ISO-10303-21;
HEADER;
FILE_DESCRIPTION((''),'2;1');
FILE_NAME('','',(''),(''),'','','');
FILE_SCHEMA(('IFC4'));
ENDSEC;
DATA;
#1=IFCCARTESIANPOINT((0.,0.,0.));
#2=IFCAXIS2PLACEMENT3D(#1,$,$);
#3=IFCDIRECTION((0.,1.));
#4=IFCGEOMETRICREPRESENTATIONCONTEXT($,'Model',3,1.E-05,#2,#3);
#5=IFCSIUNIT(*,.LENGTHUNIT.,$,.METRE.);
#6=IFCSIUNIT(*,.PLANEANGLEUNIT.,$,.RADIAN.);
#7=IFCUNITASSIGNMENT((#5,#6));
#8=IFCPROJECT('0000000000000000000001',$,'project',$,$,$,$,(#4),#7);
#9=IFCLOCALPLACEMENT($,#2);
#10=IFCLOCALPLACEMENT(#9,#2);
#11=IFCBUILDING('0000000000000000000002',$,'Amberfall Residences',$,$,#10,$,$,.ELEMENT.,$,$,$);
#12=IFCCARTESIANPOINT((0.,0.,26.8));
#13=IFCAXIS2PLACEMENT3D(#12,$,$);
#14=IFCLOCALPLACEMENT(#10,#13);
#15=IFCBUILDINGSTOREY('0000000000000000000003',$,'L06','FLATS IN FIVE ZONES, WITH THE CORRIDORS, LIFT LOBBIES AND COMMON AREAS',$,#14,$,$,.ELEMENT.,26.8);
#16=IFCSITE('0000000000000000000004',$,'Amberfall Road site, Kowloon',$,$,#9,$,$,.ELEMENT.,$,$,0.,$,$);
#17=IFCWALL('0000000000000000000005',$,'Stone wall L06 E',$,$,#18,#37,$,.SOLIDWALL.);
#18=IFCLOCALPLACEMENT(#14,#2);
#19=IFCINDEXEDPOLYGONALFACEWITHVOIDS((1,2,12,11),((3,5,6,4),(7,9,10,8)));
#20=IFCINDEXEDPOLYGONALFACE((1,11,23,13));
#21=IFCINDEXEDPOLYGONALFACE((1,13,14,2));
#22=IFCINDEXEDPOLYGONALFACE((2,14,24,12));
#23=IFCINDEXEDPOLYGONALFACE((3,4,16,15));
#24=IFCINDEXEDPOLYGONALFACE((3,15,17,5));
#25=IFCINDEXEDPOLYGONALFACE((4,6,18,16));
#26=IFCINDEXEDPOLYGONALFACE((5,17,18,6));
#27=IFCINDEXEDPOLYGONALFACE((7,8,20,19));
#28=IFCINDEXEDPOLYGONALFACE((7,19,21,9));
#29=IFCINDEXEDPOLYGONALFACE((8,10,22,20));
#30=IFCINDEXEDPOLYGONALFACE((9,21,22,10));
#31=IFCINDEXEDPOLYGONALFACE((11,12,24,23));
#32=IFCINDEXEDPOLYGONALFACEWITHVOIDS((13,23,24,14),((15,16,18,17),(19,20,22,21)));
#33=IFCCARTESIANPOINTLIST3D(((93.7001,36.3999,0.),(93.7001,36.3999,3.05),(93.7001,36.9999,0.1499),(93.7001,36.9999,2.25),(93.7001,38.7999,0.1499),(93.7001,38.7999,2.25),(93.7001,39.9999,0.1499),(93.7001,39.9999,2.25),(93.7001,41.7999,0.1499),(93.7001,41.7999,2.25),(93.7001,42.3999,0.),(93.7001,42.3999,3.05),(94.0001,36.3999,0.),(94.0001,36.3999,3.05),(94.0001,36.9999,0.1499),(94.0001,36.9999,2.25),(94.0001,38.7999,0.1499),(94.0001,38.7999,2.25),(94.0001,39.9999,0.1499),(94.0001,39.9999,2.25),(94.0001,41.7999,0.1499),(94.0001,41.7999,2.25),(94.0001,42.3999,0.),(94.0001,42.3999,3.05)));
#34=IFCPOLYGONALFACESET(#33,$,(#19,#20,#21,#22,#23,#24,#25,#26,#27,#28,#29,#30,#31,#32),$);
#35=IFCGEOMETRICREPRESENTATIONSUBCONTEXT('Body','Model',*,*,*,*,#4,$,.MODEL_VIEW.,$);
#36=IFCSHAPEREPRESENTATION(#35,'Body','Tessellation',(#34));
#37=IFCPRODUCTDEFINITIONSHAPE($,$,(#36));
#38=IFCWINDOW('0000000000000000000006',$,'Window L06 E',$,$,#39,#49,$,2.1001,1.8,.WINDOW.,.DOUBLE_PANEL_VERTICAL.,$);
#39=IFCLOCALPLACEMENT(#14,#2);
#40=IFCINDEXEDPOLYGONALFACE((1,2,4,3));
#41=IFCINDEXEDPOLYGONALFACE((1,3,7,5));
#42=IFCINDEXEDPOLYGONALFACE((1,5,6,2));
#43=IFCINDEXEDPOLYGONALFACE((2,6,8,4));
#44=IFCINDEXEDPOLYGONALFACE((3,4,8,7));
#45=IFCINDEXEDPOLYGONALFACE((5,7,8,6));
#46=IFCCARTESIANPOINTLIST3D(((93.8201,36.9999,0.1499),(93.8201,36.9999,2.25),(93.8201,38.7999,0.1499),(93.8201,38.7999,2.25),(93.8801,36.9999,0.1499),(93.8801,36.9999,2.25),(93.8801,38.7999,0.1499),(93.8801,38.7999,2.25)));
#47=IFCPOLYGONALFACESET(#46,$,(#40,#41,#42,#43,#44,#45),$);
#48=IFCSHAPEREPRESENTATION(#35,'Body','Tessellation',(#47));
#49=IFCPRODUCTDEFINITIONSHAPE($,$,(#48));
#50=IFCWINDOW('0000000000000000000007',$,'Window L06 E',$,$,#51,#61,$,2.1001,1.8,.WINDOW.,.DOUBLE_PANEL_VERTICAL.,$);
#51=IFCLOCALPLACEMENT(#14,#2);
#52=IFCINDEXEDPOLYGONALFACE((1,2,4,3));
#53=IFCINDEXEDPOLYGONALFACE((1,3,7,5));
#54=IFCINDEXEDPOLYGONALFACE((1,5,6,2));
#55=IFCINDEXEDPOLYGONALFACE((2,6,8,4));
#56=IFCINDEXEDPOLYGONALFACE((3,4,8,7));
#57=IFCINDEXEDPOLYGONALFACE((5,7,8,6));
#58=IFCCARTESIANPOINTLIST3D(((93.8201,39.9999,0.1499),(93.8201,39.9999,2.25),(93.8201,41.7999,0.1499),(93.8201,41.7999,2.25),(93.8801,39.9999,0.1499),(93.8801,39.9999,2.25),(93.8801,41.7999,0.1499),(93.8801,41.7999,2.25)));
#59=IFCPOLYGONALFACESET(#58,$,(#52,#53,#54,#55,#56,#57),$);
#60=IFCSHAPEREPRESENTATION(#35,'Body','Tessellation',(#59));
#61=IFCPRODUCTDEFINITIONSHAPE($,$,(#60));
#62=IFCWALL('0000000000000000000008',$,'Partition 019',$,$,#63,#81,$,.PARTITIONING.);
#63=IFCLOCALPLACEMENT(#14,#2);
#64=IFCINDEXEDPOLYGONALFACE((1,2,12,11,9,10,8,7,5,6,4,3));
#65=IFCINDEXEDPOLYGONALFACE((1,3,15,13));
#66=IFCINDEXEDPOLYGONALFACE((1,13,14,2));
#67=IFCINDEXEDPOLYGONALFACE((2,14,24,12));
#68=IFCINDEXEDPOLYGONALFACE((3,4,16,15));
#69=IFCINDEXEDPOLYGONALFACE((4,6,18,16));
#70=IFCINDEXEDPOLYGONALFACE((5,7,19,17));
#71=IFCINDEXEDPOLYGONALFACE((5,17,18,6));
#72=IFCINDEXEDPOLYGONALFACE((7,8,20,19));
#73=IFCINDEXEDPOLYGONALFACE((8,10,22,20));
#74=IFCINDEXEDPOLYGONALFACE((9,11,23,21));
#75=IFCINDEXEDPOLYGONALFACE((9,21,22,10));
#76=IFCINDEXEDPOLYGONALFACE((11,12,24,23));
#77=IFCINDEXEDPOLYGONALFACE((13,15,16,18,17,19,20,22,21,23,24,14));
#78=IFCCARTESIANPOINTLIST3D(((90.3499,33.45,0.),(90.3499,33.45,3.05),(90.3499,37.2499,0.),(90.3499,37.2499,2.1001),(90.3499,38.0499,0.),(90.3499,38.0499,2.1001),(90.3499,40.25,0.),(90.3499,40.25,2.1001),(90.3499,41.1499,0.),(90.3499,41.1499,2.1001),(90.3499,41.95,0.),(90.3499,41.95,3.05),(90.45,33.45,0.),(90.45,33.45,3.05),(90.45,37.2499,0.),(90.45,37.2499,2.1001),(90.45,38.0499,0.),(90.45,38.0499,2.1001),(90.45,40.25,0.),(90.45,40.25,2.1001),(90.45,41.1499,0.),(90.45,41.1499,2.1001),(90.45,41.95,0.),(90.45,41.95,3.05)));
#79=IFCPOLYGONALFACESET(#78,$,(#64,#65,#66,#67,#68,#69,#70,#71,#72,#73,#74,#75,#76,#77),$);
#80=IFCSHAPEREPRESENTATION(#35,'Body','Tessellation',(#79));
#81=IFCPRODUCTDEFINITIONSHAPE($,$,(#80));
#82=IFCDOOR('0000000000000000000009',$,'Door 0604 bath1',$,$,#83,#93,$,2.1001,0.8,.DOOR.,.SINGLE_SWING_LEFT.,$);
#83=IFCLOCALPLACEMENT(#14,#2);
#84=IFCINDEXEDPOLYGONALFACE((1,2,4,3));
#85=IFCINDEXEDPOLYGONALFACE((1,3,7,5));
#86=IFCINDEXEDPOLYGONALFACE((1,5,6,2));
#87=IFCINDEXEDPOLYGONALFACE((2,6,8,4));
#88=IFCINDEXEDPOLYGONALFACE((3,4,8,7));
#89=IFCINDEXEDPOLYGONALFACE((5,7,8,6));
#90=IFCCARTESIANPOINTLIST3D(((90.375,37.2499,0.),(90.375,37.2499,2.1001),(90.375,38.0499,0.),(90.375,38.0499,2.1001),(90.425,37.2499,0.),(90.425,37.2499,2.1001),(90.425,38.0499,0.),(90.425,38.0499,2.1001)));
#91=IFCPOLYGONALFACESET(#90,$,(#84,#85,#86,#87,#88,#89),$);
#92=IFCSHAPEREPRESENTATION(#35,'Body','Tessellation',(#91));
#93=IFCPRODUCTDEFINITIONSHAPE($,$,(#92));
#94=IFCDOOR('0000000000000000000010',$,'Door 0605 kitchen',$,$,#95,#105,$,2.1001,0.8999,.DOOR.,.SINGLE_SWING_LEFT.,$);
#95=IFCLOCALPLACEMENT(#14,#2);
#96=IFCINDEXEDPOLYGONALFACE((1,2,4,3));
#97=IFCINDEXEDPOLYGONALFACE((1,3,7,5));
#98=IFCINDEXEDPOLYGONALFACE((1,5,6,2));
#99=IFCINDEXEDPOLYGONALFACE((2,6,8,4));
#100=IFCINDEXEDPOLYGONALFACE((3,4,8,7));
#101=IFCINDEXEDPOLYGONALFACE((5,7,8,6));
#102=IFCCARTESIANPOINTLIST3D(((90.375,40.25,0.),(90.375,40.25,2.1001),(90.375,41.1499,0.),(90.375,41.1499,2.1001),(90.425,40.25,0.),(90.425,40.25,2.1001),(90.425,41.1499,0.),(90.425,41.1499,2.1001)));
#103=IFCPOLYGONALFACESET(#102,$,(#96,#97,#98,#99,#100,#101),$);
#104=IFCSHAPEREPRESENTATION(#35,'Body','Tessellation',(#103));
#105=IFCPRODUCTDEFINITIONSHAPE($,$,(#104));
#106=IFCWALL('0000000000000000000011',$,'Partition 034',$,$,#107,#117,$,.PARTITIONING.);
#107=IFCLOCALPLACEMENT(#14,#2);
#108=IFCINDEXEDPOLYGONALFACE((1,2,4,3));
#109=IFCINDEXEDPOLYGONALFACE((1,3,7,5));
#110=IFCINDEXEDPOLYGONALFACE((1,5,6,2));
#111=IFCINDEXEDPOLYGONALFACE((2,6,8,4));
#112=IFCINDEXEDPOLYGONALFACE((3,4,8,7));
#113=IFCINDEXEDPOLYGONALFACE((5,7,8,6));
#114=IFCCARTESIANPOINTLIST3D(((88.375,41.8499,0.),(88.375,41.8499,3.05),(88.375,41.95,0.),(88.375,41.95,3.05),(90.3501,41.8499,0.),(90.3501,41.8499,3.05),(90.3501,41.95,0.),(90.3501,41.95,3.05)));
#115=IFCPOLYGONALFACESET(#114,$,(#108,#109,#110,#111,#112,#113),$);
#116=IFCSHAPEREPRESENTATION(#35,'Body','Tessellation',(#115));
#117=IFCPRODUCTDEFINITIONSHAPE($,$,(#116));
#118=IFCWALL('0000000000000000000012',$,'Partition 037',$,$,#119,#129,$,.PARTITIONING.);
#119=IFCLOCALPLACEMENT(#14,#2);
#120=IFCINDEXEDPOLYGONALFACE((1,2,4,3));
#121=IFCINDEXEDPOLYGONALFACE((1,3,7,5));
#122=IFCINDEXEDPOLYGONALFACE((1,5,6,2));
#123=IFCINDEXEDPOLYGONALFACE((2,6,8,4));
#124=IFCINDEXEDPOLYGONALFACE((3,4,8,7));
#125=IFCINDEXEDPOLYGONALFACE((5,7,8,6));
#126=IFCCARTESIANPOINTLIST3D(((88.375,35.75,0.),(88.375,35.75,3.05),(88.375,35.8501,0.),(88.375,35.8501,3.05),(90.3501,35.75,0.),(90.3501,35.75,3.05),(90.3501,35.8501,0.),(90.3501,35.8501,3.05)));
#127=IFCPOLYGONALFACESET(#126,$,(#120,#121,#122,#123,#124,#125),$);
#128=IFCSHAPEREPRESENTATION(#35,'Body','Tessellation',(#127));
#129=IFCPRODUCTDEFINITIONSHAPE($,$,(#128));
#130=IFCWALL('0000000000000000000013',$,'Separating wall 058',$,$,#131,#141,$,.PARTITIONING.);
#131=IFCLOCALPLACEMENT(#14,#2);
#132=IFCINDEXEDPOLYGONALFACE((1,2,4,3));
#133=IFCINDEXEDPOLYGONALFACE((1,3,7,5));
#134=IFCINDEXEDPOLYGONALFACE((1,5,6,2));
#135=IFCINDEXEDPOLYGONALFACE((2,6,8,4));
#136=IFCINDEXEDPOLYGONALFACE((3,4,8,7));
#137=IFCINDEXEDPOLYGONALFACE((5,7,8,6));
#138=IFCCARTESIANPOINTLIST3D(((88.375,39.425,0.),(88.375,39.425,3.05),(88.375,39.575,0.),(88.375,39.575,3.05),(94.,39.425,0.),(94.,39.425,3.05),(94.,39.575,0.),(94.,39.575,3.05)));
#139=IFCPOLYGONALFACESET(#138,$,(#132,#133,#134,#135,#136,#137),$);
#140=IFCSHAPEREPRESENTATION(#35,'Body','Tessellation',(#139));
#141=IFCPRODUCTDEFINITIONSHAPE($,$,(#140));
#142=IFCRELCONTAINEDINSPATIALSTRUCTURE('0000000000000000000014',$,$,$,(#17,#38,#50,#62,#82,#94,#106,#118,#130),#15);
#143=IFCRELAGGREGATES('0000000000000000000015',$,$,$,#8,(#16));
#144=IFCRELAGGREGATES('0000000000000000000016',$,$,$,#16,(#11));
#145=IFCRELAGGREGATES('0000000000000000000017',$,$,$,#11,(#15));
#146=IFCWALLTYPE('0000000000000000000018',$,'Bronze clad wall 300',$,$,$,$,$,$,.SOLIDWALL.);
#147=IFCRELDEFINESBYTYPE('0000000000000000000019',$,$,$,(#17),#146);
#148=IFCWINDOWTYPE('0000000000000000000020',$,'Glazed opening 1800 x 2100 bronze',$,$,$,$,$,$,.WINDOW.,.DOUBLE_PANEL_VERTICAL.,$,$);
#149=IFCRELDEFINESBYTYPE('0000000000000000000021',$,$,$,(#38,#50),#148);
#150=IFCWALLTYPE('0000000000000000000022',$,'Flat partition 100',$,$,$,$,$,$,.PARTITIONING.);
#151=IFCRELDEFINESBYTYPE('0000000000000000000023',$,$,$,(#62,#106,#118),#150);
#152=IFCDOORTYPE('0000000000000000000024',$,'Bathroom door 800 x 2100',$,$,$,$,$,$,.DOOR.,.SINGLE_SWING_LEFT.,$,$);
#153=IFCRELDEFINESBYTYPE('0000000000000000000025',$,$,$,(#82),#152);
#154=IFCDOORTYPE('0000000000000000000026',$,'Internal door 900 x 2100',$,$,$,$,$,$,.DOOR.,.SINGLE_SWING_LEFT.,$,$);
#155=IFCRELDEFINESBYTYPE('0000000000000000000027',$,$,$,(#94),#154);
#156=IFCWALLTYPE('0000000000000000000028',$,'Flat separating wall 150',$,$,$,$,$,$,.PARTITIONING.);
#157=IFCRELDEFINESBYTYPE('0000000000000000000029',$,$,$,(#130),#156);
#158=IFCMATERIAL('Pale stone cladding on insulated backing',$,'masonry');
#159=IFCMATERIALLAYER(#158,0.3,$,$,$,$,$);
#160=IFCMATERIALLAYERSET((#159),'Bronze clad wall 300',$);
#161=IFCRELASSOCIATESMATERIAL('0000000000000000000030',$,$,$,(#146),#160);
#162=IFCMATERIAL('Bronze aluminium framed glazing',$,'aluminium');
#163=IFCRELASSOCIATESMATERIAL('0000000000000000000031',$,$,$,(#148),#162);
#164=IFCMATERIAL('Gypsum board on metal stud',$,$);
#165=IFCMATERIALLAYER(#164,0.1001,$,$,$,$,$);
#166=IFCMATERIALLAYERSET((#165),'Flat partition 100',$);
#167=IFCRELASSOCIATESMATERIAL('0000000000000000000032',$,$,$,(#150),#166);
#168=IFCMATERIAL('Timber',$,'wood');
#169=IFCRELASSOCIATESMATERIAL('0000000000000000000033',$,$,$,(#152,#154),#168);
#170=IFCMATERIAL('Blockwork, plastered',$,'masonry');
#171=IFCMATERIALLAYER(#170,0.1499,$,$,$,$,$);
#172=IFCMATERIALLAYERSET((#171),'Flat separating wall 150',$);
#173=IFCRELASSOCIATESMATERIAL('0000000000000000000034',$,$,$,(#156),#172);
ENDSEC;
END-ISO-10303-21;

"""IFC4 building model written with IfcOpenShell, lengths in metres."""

from ifc_helpers import new_model, si_unit, direction, frame, frame_2d, origin, place, context, subcontext, project, spatial, rectangle, extrude, material, layer, layer_set, type_object, element, fill, save


model = new_model("IFC4")

# Units and contexts
model_context = context("Model", 3, precision=1e-05, world=origin(), true_north=direction((0.0, 1.0)))
body_context = subcontext(model_context, "Body", "Model", "MODEL_VIEW")
ifc_project = project(units=[si_unit("LENGTHUNIT", "METRE"), si_unit("PLANEANGLEUNIT", "RADIAN")], contexts=[model_context])

# Site, building, storey
site_placement = place(None, origin())
site = spatial("IfcSite", under=ifc_project, at=site_placement, Name="Amberfall Road site, Kowloon", CompositionType="ELEMENT", RefElevation=0.0)
building_placement = place(site_placement, origin())
building = spatial("IfcBuilding", under=site, at=building_placement, Name="Amberfall Residences", CompositionType="ELEMENT")
storey_placement = place(building_placement, frame((0.0, 0.0, 26.8)))
storey = spatial("IfcBuildingStorey", under=building, at=storey_placement, Name="L06", Description="FLATS IN FIVE ZONES, WITH THE CORRIDORS, LIFT LOBBIES AND COMMON AREAS", CompositionType="ELEMENT", Elevation=26.8)

# Shared definitions
ifc_material_1 = material(Name="Pale stone cladding on insulated backing", Category="masonry")
ifc_layer_1 = layer(ifc_material_1, 0.3)
ifc_layer_set_1 = layer_set([ifc_layer_1], Name="Bronze clad wall 300")
wall_type_1 = type_object("IfcWallType", Name="Bronze clad wall 300", PredefinedType="SOLIDWALL", material=ifc_layer_set_1)
ifc_material_2 = material(Name="Bronze aluminium framed glazing", Category="aluminium")

# Wall, openings, windows
wall_1_placement = place(storey_placement, frame((93.8501, 36.3999, 0.0), z_axis=(0.0, 0.0, 1.0), x_axis=(0.0, 1.0, 0.0)))
wall_1 = element("IfcWall", 1, at=wall_1_placement, inside=storey, type_object=wall_type_1, Name="Stone wall L06 E", PredefinedType="SOLIDWALL", context=body_context, shape_type="SweptSolid", body=[
    extrude(rectangle(XDim=6.0, YDim=0.3, at=frame_2d((3.0, 0.0))), origin(), (0.0, 0.0, 1.0), 3.05),
])
opening_1_placement = place(wall_1_placement, frame((0.6001, 0.0, 0.1499)))
opening_1 = element("IfcOpeningElement", 2, at=opening_1_placement, cuts=wall_1, PredefinedType="OPENING", context=body_context, shape_type="SweptSolid", body=[
    extrude(rectangle(XDim=1.8, YDim=2.1001, at=frame_2d((0.8999, 1.05))), frame((0.0, 0.1599, 0.0), z_axis=(0.0, -1.0, 0.0), x_axis=(1.0, 0.0, 0.0)), (0.0, 0.0, 1.0), 0.3201),
])
opening_2_placement = place(wall_1_placement, frame((3.6001, 0.0, 0.1499)))
opening_2 = element("IfcOpeningElement", 3, at=opening_2_placement, cuts=wall_1, PredefinedType="OPENING", context=body_context, shape_type="SweptSolid", body=[
    extrude(rectangle(XDim=1.8, YDim=2.1001, at=frame_2d((0.8999, 1.05))), frame((0.0, 0.1599, 0.0), z_axis=(0.0, -1.0, 0.0), x_axis=(1.0, 0.0, 0.0)), (0.0, 0.0, 1.0), 0.3201),
])
window_type_1 = type_object("IfcWindowType", Name="Glazed opening 1800 x 2100 bronze", PartitioningType="DOUBLE_PANEL_VERTICAL", PredefinedType="WINDOW", material=ifc_material_2)
window_1_placement = place(opening_1_placement, origin())
window_1 = element("IfcWindow", 4, at=window_1_placement, inside=storey, type_object=window_type_1, Name="Window L06 E", OverallHeight=2.1001, OverallWidth=1.8, PartitioningType="DOUBLE_PANEL_VERTICAL", PredefinedType="WINDOW", context=body_context, shape_type="SweptSolid", body=[
    extrude(rectangle(XDim=1.8, YDim=2.1001, at=frame_2d((0.8999, 1.05))), frame((0.0, 0.03, 0.0), z_axis=(0.0, -1.0, 0.0), x_axis=(1.0, 0.0, 0.0)), (0.0, 0.0, 1.0), 0.0601),
])
fill(opening_1, window_1)
window_2_placement = place(opening_2_placement, origin())
window_2 = element("IfcWindow", 5, at=window_2_placement, inside=storey, type_object=window_type_1, Name="Window L06 E", OverallHeight=2.1001, OverallWidth=1.8, PartitioningType="DOUBLE_PANEL_VERTICAL", PredefinedType="WINDOW", context=body_context, shape_type="SweptSolid", body=[
    extrude(rectangle(XDim=1.8, YDim=2.1001, at=frame_2d((0.8999, 1.05))), frame((0.0, 0.03, 0.0), z_axis=(0.0, -1.0, 0.0), x_axis=(1.0, 0.0, 0.0)), (0.0, 0.0, 1.0), 0.0601),
])
fill(opening_2, window_2)

# Wall, openings, doors
ifc_material_3 = material(Name="Gypsum board on metal stud")
ifc_layer_2 = layer(ifc_material_3, 0.1001)
ifc_layer_set_2 = layer_set([ifc_layer_2], Name="Flat partition 100")
wall_type_2 = type_object("IfcWallType", Name="Flat partition 100", PredefinedType="PARTITIONING", material=ifc_layer_set_2)
wall_2_placement = place(storey_placement, frame((90.3999, 33.45, 0.0), z_axis=(0.0, 0.0, 1.0), x_axis=(0.0, 1.0, 0.0)))
wall_2 = element("IfcWall", 6, at=wall_2_placement, inside=storey, type_object=wall_type_2, Name="Partition 019", PredefinedType="PARTITIONING", context=body_context, shape_type="SweptSolid", body=[
    extrude(rectangle(XDim=8.5, YDim=0.1001, at=frame_2d((4.25, 0.0))), origin(), (0.0, 0.0, 1.0), 3.05),
])
opening_3_placement = place(wall_2_placement, frame((3.8, 0.0, 0.0)))
opening_3 = element("IfcOpeningElement", 7, at=opening_3_placement, cuts=wall_2, PredefinedType="OPENING", context=body_context, shape_type="SweptSolid", body=[
    extrude(rectangle(XDim=0.8, YDim=2.1001, at=frame_2d((0.3999, 1.05))), frame((0.0, 0.0601, 0.0), z_axis=(0.0, -1.0, 0.0), x_axis=(1.0, 0.0, 0.0)), (0.0, 0.0, 1.0), 0.1201),
])
opening_4_placement = place(wall_2_placement, frame((6.8, 0.0, 0.0)))
opening_4 = element("IfcOpeningElement", 8, at=opening_4_placement, cuts=wall_2, PredefinedType="OPENING", context=body_context, shape_type="SweptSolid", body=[
    extrude(rectangle(XDim=0.8999, YDim=2.1001, at=frame_2d((0.45, 1.05))), frame((0.0, 0.0601, 0.0), z_axis=(0.0, -1.0, 0.0), x_axis=(1.0, 0.0, 0.0)), (0.0, 0.0, 1.0), 0.1201),
])
ifc_material_4 = material(Name="Timber", Category="wood")
door_type_1 = type_object("IfcDoorType", Name="Bathroom door 800 x 2100", OperationType="SINGLE_SWING_LEFT", PredefinedType="DOOR", material=ifc_material_4)
door_1_placement = place(opening_3_placement, origin())
door_1 = element("IfcDoor", 9, at=door_1_placement, inside=storey, type_object=door_type_1, Name="Door 0604 bath1", OperationType="SINGLE_SWING_LEFT", OverallHeight=2.1001, OverallWidth=0.8, PredefinedType="DOOR", context=body_context, shape_type="SweptSolid", body=[
    extrude(rectangle(XDim=0.8, YDim=2.1001, at=frame_2d((0.3999, 1.05))), frame((0.0, 0.0249, 0.0), z_axis=(0.0, -1.0, 0.0), x_axis=(1.0, 0.0, 0.0)), (0.0, 0.0, 1.0), 0.05),
])
fill(opening_3, door_1)
door_type_2 = type_object("IfcDoorType", Name="Internal door 900 x 2100", OperationType="SINGLE_SWING_LEFT", PredefinedType="DOOR", material=ifc_material_4)
door_2_placement = place(opening_4_placement, origin())
door_2 = element("IfcDoor", 10, at=door_2_placement, inside=storey, type_object=door_type_2, Name="Door 0605 kitchen", OperationType="SINGLE_SWING_LEFT", OverallHeight=2.1001, OverallWidth=0.8999, PredefinedType="DOOR", context=body_context, shape_type="SweptSolid", body=[
    extrude(rectangle(XDim=0.8999, YDim=2.1001, at=frame_2d((0.45, 1.05))), frame((0.0, 0.0249, 0.0), z_axis=(0.0, -1.0, 0.0), x_axis=(1.0, 0.0, 0.0)), (0.0, 0.0, 1.0), 0.05),
])
fill(opening_4, door_2)

# Walls
for number, where, z_axis, x_axis, name in (
    (11, (88.375, 41.8999, 0.0), (0.0, 0.0, 1.0), (1.0, 0.0, 0.0), "Partition 034"),
    (12, (88.375, 35.8, 0.0), (0.0, 0.0, 1.0), (1.0, 0.0, 0.0), "Partition 037"),
):
    element("IfcWall", number, at=place(storey_placement, frame(where, z_axis=z_axis, x_axis=x_axis)), inside=storey, type_object=wall_type_2, Name=name, PredefinedType="PARTITIONING", context=body_context, shape_type="SweptSolid", body=[
        extrude(rectangle(XDim=1.9751, YDim=0.1001, at=frame_2d((0.9875, 0.0))), origin(), (0.0, 0.0, 1.0), 3.05),
    ])
ifc_material_5 = material(Name="Blockwork, plastered", Category="masonry")
ifc_layer_3 = layer(ifc_material_5, 0.1499)
ifc_layer_set_3 = layer_set([ifc_layer_3], Name="Flat separating wall 150")
wall_type_3 = type_object("IfcWallType", Name="Flat separating wall 150", PredefinedType="PARTITIONING", material=ifc_layer_set_3)
wall_3_placement = place(storey_placement, frame((88.375, 39.5, 0.0), z_axis=(0.0, 0.0, 1.0), x_axis=(1.0, 0.0, 0.0)))
element("IfcWall", 13, at=wall_3_placement, inside=storey, type_object=wall_type_3, Name="Separating wall 058", PredefinedType="PARTITIONING", context=body_context, shape_type="SweptSolid", body=[
    extrude(rectangle(XDim=5.625, YDim=0.1499, at=frame_2d((2.8125, 0.0))), origin(), (0.0, 0.0, 1.0), 3.05),
])

save(model, "model.ifc")
